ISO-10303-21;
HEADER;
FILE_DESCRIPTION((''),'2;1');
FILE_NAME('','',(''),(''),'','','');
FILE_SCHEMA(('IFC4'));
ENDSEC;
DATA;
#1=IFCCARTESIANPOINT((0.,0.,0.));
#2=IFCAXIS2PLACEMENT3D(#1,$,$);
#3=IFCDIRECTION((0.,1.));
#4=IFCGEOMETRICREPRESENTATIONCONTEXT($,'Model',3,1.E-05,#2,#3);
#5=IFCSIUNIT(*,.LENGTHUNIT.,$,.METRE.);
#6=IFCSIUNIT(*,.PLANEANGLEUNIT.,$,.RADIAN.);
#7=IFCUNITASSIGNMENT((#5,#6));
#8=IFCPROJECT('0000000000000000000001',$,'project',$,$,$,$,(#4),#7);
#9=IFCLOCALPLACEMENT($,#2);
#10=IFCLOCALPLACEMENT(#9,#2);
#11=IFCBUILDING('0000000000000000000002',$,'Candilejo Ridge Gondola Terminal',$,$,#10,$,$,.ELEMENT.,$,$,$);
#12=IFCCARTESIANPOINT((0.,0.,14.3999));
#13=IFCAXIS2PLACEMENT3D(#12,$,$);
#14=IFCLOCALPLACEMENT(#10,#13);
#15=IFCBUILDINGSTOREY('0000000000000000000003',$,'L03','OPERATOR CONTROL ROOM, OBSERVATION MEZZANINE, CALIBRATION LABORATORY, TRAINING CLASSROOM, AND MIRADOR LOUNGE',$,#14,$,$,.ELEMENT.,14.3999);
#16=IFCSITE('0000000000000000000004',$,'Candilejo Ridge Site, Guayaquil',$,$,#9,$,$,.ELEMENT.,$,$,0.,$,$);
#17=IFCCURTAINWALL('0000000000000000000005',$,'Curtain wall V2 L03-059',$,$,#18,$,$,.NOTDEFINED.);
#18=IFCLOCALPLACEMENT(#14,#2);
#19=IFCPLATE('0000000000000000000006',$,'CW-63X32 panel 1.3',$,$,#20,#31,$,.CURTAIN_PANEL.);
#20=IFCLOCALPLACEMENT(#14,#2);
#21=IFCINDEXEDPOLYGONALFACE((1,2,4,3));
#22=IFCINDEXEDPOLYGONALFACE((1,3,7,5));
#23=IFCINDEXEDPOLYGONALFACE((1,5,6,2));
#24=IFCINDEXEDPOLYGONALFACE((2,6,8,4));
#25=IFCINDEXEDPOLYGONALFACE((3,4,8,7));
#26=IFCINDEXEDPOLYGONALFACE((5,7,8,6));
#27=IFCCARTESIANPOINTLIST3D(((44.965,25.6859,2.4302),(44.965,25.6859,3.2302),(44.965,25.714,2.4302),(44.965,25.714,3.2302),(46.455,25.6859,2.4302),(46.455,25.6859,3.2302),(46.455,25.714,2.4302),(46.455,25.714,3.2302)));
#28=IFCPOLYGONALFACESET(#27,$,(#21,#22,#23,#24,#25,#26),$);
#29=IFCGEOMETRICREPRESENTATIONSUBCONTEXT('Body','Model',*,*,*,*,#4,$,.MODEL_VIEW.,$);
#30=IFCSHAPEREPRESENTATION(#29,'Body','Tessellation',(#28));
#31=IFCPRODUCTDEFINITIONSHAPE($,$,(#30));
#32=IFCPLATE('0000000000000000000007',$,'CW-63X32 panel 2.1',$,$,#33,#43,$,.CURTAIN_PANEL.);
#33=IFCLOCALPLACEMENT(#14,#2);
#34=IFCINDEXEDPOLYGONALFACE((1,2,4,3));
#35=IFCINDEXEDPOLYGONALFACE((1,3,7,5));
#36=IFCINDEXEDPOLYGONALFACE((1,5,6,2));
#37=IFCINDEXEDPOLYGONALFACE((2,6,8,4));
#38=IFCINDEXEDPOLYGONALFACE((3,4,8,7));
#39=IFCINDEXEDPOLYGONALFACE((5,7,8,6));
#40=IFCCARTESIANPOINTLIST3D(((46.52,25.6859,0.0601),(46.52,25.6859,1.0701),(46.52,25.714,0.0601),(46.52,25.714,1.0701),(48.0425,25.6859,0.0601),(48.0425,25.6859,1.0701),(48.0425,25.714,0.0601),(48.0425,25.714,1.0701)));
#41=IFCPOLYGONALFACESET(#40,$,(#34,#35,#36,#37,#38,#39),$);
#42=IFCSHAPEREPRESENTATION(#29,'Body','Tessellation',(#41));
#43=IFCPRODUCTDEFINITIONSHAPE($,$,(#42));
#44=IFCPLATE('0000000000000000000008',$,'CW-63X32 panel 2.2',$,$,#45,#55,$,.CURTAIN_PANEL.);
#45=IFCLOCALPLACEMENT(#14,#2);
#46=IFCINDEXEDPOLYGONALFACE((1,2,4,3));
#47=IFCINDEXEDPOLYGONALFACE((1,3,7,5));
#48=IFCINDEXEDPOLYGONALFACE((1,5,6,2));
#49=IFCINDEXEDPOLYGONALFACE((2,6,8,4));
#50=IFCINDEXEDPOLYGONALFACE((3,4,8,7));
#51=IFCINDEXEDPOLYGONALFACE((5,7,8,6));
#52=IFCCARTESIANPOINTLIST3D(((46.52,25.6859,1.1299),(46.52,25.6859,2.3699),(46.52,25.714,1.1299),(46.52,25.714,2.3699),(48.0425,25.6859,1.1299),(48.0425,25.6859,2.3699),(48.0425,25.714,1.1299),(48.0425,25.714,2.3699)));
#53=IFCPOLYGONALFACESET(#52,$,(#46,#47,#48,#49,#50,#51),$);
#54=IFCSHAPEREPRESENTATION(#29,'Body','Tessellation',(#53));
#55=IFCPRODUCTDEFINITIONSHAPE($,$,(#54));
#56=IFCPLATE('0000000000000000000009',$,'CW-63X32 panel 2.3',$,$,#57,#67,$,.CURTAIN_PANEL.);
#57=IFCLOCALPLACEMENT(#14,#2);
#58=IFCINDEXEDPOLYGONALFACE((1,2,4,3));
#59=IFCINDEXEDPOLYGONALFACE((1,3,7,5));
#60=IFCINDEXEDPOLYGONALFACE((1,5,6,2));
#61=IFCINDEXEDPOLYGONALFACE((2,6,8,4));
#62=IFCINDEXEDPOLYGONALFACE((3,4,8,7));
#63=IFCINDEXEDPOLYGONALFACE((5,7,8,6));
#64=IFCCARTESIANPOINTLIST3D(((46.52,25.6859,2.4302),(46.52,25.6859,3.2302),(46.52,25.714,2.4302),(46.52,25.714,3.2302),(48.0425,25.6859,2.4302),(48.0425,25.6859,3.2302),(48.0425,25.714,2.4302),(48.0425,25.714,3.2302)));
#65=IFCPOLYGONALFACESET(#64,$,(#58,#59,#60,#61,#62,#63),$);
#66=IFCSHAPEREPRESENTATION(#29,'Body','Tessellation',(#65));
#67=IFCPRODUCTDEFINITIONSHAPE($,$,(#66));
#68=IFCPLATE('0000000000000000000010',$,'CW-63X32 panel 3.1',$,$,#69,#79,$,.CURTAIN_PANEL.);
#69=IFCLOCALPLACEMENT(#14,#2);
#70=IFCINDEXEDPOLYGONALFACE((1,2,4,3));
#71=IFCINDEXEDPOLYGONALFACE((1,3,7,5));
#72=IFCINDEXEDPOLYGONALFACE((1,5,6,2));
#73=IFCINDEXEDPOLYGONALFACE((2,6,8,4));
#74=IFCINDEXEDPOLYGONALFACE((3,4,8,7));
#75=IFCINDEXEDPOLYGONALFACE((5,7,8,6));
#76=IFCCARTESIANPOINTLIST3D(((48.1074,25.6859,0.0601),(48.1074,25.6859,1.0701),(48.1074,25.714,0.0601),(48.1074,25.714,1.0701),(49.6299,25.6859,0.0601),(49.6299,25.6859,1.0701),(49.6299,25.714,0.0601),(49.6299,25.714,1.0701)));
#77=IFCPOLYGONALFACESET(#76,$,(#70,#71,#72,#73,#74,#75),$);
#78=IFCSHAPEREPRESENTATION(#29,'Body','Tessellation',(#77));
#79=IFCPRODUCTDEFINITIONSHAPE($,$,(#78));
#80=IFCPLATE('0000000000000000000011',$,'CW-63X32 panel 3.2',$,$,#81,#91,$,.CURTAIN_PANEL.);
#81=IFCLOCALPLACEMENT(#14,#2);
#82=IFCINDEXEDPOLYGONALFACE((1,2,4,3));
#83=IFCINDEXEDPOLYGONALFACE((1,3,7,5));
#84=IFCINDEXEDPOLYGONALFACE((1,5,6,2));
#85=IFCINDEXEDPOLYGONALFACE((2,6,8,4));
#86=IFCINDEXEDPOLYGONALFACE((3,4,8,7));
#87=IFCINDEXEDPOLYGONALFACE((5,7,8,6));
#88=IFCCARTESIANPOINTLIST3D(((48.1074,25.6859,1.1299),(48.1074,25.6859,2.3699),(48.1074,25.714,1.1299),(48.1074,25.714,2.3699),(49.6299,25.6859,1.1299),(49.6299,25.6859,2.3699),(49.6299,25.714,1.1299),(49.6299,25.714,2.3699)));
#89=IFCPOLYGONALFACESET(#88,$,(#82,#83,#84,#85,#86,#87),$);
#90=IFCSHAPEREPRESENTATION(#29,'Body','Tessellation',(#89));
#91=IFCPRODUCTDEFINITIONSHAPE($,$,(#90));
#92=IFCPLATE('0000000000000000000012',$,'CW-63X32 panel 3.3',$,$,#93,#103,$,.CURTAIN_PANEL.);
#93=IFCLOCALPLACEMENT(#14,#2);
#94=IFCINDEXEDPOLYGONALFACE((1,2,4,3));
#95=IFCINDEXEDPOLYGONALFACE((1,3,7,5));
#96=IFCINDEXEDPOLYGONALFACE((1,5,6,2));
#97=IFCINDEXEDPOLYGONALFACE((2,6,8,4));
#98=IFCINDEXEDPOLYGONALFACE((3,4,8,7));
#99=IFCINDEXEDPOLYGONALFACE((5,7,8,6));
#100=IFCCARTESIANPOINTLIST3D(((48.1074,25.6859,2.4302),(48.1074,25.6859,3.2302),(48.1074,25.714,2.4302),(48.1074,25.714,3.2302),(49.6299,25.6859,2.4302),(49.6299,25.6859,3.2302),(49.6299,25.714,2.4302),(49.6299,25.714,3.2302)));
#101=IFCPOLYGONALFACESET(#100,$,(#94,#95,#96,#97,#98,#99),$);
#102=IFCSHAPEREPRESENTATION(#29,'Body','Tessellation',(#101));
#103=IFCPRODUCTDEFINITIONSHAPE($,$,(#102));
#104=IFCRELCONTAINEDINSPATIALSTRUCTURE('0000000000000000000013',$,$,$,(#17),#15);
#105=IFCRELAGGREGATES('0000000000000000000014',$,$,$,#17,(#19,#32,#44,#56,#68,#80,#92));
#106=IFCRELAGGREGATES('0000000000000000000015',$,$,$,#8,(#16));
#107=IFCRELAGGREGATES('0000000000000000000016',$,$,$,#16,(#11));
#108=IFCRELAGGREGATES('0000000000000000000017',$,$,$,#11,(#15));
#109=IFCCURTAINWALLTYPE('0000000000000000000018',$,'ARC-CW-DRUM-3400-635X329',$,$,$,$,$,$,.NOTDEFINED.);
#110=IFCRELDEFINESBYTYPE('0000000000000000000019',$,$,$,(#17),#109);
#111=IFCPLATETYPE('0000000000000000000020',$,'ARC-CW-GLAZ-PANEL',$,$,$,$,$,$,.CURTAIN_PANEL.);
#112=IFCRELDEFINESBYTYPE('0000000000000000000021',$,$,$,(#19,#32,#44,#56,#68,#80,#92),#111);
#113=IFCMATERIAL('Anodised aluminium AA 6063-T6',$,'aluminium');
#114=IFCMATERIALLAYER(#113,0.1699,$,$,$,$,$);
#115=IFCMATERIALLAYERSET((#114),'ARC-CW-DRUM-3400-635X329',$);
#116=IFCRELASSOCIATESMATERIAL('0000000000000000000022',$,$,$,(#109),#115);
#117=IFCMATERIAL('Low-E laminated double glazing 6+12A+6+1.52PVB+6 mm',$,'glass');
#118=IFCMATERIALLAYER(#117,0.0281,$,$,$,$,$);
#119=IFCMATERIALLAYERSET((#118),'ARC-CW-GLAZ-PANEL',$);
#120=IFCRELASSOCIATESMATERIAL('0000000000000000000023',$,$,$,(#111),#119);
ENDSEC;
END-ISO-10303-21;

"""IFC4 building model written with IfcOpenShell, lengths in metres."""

from ifc_helpers import new_model, si_unit, direction, frame, origin, origin_2d, place, context, subcontext, project, spatial, rectangle, extrude, material, layer, layer_set, type_object, element, aggregate, save


model = new_model("IFC4")

# Units and contexts
model_context = context("Model", 3, precision=1e-05, world=origin(), true_north=direction((0.0, 1.0)))
body_context = subcontext(model_context, "Body", "Model", "MODEL_VIEW")
ifc_project = project(units=[si_unit("LENGTHUNIT", "METRE"), si_unit("PLANEANGLEUNIT", "RADIAN")], contexts=[model_context])

# Site, building, storey
site_placement = place(None, origin())
site = spatial("IfcSite", under=ifc_project, at=site_placement, Name="Candilejo Ridge Site, Guayaquil", CompositionType="ELEMENT", RefElevation=0.0)
building_placement = place(site_placement, origin())
building = spatial("IfcBuilding", under=site, at=building_placement, Name="Candilejo Ridge Gondola Terminal", CompositionType="ELEMENT")
storey_placement = place(building_placement, frame((0.0, 0.0, 14.3999)))
storey = spatial("IfcBuildingStorey", under=building, at=storey_placement, Name="L03", Description="OPERATOR CONTROL ROOM, OBSERVATION MEZZANINE, CALIBRATION LABORATORY, TRAINING CLASSROOM, AND MIRADOR LOUNGE", CompositionType="ELEMENT", Elevation=14.3999)

# Curtain wall, plates
ifc_material_1 = material(Name="Anodised aluminium AA 6063-T6", Category="aluminium")
ifc_layer_1 = layer(ifc_material_1, 0.1699)
ifc_layer_set_1 = layer_set([ifc_layer_1], Name="ARC-CW-DRUM-3400-635X329")
curtain_wall_type = type_object("IfcCurtainWallType", Name="ARC-CW-DRUM-3400-635X329", PredefinedType="NOTDEFINED", material=ifc_layer_set_1)
curtain_wall_placement = place(storey_placement, origin())
curtain_wall = element("IfcCurtainWall", 1, at=curtain_wall_placement, inside=storey, type_object=curtain_wall_type, Name="Curtain wall V2 L03-059", PredefinedType="NOTDEFINED")
ifc_material_2 = material(Name="Low-E laminated double glazing 6+12A+6+1.52PVB+6 mm", Category="glass")
ifc_layer_2 = layer(ifc_material_2, 0.0281)
ifc_layer_set_2 = layer_set([ifc_layer_2], Name="ARC-CW-GLAZ-PANEL")
plate_type = type_object("IfcPlateType", Name="ARC-CW-GLAZ-PANEL", PredefinedType="CURTAIN_PANEL", material=ifc_layer_set_2)
plate_1_placement = place(storey_placement, frame((45.71, 25.7, 2.4302), z_axis=(0.0, 0.0, 1.0), x_axis=(1.0, 0.0, 0.0)))
plate_1 = element("IfcPlate", 2, at=plate_1_placement, type_object=plate_type, Name="CW-63X32 panel 1.3", PredefinedType="CURTAIN_PANEL", context=body_context, shape_type="SweptSolid", body=[
    extrude(rectangle(XDim=1.49, YDim=0.0281, at=origin_2d()), origin(), (0.0, 0.0, 1.0), 0.8),
])
plate_2_placement = place(storey_placement, frame((47.2812, 25.7, 0.0601), z_axis=(0.0, 0.0, 1.0), x_axis=(1.0, 0.0, 0.0)))
plate_2 = element("IfcPlate", 3, at=plate_2_placement, type_object=plate_type, Name="CW-63X32 panel 2.1", PredefinedType="CURTAIN_PANEL", context=body_context, shape_type="SweptSolid", body=[
    extrude(rectangle(XDim=1.5225, YDim=0.0281, at=origin_2d()), origin(), (0.0, 0.0, 1.0), 1.01),
])
plate_3_placement = place(storey_placement, frame((47.2812, 25.7, 1.1299), z_axis=(0.0, 0.0, 1.0), x_axis=(1.0, 0.0, 0.0)))
plate_3 = element("IfcPlate", 4, at=plate_3_placement, type_object=plate_type, Name="CW-63X32 panel 2.2", PredefinedType="CURTAIN_PANEL", context=body_context, shape_type="SweptSolid", body=[
    extrude(rectangle(XDim=1.5225, YDim=0.0281, at=origin_2d()), origin(), (0.0, 0.0, 1.0), 1.24),
])
plate_4_placement = place(storey_placement, frame((47.2812, 25.7, 2.4302), z_axis=(0.0, 0.0, 1.0), x_axis=(1.0, 0.0, 0.0)))
plate_4 = element("IfcPlate", 5, at=plate_4_placement, type_object=plate_type, Name="CW-63X32 panel 2.3", PredefinedType="CURTAIN_PANEL", context=body_context, shape_type="SweptSolid", body=[
    extrude(rectangle(XDim=1.5225, YDim=0.0281, at=origin_2d()), origin(), (0.0, 0.0, 1.0), 0.8),
])
plate_5_placement = place(storey_placement, frame((48.8687, 25.7, 0.0601), z_axis=(0.0, 0.0, 1.0), x_axis=(1.0, 0.0, 0.0)))
plate_5 = element("IfcPlate", 6, at=plate_5_placement, type_object=plate_type, Name="CW-63X32 panel 3.1", PredefinedType="CURTAIN_PANEL", context=body_context, shape_type="SweptSolid", body=[
    extrude(rectangle(XDim=1.5225, YDim=0.0281, at=origin_2d()), origin(), (0.0, 0.0, 1.0), 1.01),
])
plate_6_placement = place(storey_placement, frame((48.8687, 25.7, 1.1299), z_axis=(0.0, 0.0, 1.0), x_axis=(1.0, 0.0, 0.0)))
plate_6 = element("IfcPlate", 7, at=plate_6_placement, type_object=plate_type, Name="CW-63X32 panel 3.2", PredefinedType="CURTAIN_PANEL", context=body_context, shape_type="SweptSolid", body=[
    extrude(rectangle(XDim=1.5225, YDim=0.0281, at=origin_2d()), origin(), (0.0, 0.0, 1.0), 1.24),
])
plate_7_placement = place(storey_placement, frame((48.8687, 25.7, 2.4302), z_axis=(0.0, 0.0, 1.0), x_axis=(1.0, 0.0, 0.0)))
plate_7 = element("IfcPlate", 8, at=plate_7_placement, type_object=plate_type, Name="CW-63X32 panel 3.3", PredefinedType="CURTAIN_PANEL", context=body_context, shape_type="SweptSolid", body=[
    extrude(rectangle(XDim=1.5225, YDim=0.0281, at=origin_2d()), origin(), (0.0, 0.0, 1.0), 0.8),
])
aggregate(curtain_wall, [plate_1, plate_2, plate_3, plate_4, plate_5, plate_6, plate_7])

save(model, "model.ifc")
